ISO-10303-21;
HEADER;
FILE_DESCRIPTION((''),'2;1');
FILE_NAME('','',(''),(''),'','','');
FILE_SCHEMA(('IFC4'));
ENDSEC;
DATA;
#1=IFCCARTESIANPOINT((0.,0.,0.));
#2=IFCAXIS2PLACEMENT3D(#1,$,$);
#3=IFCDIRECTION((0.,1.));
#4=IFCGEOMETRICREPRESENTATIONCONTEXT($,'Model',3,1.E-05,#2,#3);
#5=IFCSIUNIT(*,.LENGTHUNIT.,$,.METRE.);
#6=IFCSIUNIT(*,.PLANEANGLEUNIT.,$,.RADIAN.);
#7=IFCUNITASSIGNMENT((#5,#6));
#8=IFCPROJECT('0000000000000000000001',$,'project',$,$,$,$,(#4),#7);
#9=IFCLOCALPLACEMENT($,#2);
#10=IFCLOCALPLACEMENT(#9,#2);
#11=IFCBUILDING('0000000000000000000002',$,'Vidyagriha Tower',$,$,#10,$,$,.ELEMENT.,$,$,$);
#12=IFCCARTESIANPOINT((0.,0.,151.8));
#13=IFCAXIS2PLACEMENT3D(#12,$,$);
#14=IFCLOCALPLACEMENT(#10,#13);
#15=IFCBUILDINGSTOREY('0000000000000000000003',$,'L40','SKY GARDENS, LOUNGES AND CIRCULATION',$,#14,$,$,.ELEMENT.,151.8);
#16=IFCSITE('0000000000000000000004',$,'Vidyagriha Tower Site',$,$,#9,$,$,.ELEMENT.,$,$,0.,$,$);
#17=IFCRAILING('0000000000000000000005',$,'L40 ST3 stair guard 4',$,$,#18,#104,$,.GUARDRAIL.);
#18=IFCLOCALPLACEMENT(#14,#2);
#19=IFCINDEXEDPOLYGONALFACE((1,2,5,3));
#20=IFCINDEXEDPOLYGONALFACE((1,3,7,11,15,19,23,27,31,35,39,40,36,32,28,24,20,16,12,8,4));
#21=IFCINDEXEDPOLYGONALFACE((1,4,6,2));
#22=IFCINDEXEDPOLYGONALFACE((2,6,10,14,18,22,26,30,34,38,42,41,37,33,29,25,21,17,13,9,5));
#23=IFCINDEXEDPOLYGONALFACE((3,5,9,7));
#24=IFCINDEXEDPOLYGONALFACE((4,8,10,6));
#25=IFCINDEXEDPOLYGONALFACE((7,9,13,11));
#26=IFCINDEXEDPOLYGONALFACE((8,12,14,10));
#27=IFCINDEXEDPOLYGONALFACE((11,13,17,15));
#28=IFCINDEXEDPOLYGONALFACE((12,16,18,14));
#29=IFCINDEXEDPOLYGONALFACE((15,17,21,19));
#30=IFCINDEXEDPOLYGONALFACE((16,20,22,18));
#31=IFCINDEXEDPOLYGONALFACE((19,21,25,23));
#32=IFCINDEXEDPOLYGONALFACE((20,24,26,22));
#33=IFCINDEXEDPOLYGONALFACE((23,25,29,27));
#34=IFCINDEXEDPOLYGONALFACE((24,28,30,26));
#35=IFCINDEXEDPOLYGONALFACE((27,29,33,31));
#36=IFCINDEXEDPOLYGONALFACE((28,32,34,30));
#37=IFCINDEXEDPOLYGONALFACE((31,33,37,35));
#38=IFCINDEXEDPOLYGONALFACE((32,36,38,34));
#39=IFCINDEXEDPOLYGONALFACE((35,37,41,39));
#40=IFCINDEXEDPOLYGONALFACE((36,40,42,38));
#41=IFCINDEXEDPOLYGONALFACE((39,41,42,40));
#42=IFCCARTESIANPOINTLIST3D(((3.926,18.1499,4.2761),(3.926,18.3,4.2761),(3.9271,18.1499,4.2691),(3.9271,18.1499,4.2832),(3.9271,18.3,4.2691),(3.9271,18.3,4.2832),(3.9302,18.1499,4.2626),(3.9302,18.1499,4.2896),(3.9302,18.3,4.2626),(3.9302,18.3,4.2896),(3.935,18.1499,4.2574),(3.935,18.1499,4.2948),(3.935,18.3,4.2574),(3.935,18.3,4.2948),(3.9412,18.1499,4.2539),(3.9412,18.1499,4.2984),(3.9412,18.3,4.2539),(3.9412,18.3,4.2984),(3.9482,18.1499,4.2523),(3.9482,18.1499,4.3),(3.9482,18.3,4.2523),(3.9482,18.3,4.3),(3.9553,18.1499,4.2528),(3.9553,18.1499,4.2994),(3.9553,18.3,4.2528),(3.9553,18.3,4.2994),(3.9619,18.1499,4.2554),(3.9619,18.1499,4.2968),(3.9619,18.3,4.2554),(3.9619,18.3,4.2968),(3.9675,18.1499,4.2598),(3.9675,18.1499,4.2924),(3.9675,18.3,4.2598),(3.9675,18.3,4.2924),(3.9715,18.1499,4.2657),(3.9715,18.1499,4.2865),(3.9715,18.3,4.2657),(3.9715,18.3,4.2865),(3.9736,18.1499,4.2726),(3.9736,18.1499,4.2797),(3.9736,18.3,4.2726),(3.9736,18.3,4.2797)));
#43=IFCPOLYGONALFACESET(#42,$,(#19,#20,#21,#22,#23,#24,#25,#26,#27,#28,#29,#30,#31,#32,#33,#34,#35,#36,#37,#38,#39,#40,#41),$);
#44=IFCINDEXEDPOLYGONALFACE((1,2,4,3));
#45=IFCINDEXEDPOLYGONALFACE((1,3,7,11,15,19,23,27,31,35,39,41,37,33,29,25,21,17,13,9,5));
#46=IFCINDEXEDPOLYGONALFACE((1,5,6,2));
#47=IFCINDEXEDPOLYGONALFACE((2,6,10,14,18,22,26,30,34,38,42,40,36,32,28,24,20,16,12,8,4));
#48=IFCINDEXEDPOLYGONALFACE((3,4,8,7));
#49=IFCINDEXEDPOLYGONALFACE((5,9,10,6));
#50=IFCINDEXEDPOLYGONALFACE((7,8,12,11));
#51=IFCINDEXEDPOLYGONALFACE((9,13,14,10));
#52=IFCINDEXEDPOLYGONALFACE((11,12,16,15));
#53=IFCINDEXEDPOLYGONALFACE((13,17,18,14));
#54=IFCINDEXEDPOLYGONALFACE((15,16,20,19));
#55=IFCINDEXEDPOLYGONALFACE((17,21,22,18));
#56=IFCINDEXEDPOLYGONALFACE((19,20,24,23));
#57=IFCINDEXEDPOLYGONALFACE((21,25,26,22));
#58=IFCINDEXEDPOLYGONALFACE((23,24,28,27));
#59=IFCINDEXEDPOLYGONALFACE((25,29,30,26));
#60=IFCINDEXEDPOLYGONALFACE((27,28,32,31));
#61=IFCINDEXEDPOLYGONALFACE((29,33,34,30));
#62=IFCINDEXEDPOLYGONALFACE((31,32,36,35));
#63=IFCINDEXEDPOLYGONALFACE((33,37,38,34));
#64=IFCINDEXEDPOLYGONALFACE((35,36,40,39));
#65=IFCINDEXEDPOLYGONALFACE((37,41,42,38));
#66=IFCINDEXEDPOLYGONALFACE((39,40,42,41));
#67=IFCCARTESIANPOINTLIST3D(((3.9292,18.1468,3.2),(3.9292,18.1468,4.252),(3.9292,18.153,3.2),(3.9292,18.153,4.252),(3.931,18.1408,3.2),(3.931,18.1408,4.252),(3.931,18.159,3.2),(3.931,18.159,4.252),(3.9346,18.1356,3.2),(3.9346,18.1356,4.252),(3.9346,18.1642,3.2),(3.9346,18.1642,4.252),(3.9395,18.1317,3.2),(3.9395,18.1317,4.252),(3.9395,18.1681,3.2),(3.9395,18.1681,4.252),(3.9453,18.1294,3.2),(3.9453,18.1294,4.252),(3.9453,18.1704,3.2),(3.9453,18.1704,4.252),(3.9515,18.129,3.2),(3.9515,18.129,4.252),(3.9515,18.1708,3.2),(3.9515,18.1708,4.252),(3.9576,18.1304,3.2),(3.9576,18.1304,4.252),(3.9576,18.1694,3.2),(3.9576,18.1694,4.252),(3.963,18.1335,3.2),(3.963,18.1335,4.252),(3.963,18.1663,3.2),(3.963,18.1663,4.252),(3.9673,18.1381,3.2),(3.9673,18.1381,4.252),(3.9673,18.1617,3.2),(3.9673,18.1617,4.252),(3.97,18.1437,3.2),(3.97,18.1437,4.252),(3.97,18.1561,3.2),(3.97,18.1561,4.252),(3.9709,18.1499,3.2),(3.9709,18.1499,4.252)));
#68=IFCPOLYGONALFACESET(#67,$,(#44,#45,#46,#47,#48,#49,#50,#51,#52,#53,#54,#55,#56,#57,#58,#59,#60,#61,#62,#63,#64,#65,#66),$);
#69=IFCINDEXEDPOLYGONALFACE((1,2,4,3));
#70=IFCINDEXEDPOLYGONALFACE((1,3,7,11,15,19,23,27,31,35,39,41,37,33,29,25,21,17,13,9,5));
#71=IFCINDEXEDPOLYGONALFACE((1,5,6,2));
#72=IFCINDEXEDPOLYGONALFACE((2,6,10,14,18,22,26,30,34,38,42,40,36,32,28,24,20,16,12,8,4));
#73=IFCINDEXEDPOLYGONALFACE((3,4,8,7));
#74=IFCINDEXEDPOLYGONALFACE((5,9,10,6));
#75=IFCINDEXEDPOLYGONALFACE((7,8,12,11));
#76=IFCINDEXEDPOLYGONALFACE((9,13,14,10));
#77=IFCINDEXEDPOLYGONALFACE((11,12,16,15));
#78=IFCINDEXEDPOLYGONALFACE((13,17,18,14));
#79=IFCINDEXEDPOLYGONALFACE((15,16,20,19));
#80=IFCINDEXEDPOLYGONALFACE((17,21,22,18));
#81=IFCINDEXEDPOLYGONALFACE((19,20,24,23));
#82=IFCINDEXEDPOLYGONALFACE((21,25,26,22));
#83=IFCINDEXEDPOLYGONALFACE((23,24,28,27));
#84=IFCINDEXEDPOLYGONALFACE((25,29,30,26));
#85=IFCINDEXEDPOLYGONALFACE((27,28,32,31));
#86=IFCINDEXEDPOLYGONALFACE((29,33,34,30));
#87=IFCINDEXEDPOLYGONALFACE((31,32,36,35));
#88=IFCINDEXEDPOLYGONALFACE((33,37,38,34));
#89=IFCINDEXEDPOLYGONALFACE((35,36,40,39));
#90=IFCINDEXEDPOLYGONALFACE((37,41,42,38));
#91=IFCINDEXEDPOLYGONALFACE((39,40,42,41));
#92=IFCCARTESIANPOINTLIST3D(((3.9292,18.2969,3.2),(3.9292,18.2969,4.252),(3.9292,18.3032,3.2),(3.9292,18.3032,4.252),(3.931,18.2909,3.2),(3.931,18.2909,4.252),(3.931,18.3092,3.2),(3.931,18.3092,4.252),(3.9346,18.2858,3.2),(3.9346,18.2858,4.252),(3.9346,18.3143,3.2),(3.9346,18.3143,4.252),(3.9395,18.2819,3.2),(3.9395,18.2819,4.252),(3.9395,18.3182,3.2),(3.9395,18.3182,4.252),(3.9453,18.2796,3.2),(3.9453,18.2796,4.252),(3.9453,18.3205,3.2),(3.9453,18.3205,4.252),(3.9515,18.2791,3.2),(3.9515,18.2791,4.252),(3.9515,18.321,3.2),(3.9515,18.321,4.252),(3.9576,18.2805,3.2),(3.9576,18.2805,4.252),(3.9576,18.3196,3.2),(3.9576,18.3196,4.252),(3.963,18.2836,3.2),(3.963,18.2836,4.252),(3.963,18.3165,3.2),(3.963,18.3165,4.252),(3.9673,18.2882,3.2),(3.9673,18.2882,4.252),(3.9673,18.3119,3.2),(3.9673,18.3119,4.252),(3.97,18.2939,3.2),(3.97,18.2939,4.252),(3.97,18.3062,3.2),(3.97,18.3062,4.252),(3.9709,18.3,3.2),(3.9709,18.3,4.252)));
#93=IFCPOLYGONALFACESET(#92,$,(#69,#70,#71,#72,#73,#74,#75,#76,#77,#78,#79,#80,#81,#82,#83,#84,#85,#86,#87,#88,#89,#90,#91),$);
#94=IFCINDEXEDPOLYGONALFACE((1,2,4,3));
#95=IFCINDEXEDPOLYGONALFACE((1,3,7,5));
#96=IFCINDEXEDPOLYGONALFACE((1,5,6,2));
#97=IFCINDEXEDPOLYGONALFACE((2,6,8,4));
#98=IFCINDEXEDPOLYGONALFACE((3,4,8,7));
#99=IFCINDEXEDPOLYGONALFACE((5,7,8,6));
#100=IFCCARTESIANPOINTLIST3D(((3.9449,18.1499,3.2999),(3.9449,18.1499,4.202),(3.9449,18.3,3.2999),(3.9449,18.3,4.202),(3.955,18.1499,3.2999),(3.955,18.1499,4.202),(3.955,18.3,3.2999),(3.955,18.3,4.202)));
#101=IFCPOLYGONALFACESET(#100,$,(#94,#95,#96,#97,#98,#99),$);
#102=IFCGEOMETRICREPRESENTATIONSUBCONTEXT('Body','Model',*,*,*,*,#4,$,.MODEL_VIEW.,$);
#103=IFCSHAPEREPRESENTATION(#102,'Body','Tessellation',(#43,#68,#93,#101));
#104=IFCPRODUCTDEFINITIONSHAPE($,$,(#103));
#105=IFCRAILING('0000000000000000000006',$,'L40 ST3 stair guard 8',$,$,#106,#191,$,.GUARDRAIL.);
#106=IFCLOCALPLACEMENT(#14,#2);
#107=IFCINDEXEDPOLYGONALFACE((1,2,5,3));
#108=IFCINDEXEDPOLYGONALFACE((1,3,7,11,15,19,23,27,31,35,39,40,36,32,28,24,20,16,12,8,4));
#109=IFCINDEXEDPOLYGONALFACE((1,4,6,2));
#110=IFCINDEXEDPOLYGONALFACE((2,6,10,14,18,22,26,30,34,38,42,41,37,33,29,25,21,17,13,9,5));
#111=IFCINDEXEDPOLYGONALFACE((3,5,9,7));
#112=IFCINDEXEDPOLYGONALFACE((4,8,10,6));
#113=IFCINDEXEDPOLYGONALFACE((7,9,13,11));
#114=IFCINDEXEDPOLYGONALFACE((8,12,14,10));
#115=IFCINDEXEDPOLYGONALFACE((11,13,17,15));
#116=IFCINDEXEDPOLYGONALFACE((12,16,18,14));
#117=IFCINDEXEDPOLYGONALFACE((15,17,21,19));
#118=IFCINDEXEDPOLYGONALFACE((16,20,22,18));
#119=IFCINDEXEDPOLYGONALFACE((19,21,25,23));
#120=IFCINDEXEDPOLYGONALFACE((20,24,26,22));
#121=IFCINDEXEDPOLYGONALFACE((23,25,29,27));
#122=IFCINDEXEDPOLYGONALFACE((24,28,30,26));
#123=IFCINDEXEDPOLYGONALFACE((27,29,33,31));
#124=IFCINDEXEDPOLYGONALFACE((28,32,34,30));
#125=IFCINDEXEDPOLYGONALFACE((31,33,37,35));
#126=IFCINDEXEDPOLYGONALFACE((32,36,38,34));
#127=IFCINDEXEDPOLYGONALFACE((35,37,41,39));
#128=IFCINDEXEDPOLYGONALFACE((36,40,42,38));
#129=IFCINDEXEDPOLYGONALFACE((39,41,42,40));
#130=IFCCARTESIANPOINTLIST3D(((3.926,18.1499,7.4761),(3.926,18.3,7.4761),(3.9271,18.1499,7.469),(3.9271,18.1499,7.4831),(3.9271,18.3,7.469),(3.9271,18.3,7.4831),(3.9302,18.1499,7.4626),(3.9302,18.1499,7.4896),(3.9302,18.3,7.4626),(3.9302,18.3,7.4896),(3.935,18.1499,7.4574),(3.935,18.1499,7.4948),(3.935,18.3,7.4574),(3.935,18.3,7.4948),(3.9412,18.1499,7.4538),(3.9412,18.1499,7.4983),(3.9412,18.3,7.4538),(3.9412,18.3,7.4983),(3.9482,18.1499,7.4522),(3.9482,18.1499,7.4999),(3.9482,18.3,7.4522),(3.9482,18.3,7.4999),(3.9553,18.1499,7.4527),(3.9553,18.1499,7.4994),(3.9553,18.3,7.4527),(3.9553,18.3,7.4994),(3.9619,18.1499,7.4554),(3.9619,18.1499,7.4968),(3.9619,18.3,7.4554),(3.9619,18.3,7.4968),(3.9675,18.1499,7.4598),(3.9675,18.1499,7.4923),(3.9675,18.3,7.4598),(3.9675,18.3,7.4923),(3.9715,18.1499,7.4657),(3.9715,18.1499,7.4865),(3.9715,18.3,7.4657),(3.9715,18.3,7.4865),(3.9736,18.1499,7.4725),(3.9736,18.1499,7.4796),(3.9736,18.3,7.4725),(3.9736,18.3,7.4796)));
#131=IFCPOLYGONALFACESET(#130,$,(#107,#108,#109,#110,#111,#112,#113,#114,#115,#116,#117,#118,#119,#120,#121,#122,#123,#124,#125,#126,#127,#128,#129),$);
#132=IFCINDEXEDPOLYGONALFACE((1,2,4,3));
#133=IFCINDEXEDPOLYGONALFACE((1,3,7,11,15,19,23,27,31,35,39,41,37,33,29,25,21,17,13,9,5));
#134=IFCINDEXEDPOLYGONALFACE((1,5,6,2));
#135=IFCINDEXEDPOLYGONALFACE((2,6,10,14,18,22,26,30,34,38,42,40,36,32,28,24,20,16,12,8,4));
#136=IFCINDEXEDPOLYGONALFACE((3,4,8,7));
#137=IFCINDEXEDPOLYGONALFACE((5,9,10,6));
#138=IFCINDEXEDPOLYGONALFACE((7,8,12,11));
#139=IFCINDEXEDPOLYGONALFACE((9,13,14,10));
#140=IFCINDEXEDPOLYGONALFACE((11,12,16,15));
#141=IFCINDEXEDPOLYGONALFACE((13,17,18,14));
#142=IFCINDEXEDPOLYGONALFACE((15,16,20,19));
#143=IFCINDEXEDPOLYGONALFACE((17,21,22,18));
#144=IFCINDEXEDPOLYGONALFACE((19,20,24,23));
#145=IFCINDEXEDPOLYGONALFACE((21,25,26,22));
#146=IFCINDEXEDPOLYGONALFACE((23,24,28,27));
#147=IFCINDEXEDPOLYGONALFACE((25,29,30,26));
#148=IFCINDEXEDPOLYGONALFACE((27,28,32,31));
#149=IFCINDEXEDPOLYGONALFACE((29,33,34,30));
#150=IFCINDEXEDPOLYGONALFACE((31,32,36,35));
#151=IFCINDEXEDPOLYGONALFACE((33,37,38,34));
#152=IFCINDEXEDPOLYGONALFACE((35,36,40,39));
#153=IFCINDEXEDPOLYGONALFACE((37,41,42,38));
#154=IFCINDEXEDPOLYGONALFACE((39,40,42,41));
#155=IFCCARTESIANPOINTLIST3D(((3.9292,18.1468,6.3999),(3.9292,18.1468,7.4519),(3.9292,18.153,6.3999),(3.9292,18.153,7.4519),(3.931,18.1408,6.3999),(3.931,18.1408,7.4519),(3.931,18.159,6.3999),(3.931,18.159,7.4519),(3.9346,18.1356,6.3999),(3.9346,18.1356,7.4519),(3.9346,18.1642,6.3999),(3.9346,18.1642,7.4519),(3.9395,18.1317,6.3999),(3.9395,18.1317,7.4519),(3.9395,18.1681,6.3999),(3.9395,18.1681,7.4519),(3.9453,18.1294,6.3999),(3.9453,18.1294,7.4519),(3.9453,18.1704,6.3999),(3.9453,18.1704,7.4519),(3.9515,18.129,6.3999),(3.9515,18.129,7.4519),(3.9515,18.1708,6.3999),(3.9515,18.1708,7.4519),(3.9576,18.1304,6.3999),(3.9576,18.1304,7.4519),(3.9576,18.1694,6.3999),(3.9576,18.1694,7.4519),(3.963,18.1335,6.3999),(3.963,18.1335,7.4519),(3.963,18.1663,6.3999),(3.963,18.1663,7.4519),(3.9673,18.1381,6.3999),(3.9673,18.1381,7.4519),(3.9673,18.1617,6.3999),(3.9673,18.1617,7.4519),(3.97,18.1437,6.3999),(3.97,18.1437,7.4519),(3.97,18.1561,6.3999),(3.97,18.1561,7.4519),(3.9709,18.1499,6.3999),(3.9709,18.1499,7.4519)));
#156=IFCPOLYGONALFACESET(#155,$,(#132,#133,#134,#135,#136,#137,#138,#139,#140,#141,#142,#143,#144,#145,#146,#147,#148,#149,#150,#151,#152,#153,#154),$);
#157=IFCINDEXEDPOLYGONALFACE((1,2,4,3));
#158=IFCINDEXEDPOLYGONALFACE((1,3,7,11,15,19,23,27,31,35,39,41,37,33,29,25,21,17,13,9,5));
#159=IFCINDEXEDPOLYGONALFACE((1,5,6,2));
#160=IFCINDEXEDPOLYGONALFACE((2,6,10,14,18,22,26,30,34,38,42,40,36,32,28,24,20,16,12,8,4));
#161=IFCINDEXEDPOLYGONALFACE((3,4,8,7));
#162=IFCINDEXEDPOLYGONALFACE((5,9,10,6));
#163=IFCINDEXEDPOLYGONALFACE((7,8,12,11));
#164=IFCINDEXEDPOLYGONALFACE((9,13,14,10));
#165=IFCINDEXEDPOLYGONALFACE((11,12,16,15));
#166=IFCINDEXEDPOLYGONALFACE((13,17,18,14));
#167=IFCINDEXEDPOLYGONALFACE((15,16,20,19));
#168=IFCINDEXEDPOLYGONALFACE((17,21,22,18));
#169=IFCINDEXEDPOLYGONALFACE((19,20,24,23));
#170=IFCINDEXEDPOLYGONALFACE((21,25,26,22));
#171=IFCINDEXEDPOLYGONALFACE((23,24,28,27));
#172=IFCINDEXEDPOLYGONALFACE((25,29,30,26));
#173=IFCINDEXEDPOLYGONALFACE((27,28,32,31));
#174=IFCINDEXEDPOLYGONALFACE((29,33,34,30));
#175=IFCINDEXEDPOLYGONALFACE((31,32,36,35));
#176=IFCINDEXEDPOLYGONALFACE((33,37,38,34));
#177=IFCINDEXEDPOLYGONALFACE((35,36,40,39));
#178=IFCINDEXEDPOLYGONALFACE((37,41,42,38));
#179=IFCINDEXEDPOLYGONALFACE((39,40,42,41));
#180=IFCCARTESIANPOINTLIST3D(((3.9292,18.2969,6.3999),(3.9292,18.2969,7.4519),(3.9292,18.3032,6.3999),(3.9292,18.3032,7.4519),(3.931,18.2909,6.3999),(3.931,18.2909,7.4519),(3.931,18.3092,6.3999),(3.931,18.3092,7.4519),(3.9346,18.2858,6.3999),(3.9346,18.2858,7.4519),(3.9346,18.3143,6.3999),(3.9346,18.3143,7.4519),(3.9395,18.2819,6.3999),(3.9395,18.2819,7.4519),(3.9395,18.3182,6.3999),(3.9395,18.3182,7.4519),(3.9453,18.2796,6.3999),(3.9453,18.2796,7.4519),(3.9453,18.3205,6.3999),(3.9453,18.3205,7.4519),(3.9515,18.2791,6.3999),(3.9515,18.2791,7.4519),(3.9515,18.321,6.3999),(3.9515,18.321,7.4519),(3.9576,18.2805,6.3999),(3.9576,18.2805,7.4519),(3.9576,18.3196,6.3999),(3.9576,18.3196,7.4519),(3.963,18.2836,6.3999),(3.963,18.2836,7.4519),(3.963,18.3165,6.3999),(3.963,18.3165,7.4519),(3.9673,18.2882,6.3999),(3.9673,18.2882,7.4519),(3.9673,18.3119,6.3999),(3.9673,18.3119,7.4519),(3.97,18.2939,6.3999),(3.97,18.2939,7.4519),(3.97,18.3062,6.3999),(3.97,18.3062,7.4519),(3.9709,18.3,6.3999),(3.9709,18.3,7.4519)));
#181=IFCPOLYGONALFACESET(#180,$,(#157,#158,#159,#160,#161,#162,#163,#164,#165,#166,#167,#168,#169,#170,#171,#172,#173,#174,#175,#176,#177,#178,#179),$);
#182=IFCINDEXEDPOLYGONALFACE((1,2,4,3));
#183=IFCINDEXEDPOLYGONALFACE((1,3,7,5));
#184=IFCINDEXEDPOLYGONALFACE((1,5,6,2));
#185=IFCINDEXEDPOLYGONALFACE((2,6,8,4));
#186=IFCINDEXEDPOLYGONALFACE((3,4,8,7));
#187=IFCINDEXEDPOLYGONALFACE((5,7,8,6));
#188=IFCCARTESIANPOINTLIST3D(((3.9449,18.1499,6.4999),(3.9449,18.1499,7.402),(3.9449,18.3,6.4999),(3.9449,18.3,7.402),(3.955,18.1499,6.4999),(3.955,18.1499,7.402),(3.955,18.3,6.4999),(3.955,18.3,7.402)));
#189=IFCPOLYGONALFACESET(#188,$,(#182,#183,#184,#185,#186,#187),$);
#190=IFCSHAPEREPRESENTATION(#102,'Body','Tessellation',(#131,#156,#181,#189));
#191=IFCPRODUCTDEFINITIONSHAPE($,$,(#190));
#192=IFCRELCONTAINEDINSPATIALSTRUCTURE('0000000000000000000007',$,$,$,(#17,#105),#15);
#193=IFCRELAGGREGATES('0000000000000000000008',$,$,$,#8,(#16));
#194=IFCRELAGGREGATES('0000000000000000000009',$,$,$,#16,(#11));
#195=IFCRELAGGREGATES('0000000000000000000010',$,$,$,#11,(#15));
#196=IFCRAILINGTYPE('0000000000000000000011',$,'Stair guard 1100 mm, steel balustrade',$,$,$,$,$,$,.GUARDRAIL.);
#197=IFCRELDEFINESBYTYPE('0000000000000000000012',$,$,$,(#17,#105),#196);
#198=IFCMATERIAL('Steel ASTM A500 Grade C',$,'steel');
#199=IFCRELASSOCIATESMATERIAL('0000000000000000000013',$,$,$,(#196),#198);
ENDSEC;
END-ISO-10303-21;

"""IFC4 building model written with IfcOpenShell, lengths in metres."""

from ifc_helpers import new_model, si_unit, direction, frame, origin, origin_2d, place, context, subcontext, project, spatial, rectangle, circle, extrude, material, type_object, element, save


model = new_model("IFC4")

# Units and contexts
model_context = context("Model", 3, precision=1e-05, world=origin(), true_north=direction((0.0, 1.0)))
body_context = subcontext(model_context, "Body", "Model", "MODEL_VIEW")
ifc_project = project(units=[si_unit("LENGTHUNIT", "METRE"), si_unit("PLANEANGLEUNIT", "RADIAN")], contexts=[model_context])

# Site, building, storey
site_placement = place(None, origin())
site = spatial("IfcSite", under=ifc_project, at=site_placement, Name="Vidyagriha Tower Site", CompositionType="ELEMENT", RefElevation=0.0)
building_placement = place(site_placement, origin())
building = spatial("IfcBuilding", under=site, at=building_placement, Name="Vidyagriha Tower", CompositionType="ELEMENT")
storey_placement = place(building_placement, frame((0.0, 0.0, 151.8)))
storey = spatial("IfcBuildingStorey", under=building, at=storey_placement, Name="L40", Description="SKY GARDENS, LOUNGES AND CIRCULATION", CompositionType="ELEMENT", Elevation=151.8)

# Railings
ifc_material_1 = material(Name="Steel ASTM A500 Grade C", Category="steel")
railing_type_1 = type_object("IfcRailingType", Name="Stair guard 1100 mm, steel balustrade", PredefinedType="GUARDRAIL", material=ifc_material_1)
for number, where, name in (
    (1, (3.95, 18.1499, 3.2), "L40 ST3 stair guard 4"),
    (2, (3.95, 18.1499, 6.3999), "L40 ST3 stair guard 8"),
):
    element("IfcRailing", number, at=place(storey_placement, frame(where)), inside=storey, type_object=railing_type_1, Name=name, PredefinedType="GUARDRAIL", context=body_context, shape_type="SweptSolid", body=[
        extrude(circle(Radius=0.0239, at=origin_2d()), frame((0.0, 0.0, 1.0762), z_axis=(0.0, 1.0, 0.0), x_axis=(-1.0, 0.0, 0.0)), (0.0, 0.0, 1.0), 0.1501),
        extrude(circle(Radius=0.021, at=origin_2d()), origin(), (0.0, 0.0, 1.0), 1.052),
        extrude(circle(Radius=0.021, at=origin_2d()), frame((0.0, 0.1501, 0.0)), (0.0, 0.0, 1.0), 1.052),
        extrude(rectangle(XDim=0.01, YDim=0.9021, at=origin_2d()), frame((0.0, 0.0, 0.551), z_axis=(0.0, 1.0, 0.0), x_axis=(-1.0, 0.0, 0.0)), (0.0, 0.0, 1.0), 0.1501),
    ])

save(model, "model.ifc")
